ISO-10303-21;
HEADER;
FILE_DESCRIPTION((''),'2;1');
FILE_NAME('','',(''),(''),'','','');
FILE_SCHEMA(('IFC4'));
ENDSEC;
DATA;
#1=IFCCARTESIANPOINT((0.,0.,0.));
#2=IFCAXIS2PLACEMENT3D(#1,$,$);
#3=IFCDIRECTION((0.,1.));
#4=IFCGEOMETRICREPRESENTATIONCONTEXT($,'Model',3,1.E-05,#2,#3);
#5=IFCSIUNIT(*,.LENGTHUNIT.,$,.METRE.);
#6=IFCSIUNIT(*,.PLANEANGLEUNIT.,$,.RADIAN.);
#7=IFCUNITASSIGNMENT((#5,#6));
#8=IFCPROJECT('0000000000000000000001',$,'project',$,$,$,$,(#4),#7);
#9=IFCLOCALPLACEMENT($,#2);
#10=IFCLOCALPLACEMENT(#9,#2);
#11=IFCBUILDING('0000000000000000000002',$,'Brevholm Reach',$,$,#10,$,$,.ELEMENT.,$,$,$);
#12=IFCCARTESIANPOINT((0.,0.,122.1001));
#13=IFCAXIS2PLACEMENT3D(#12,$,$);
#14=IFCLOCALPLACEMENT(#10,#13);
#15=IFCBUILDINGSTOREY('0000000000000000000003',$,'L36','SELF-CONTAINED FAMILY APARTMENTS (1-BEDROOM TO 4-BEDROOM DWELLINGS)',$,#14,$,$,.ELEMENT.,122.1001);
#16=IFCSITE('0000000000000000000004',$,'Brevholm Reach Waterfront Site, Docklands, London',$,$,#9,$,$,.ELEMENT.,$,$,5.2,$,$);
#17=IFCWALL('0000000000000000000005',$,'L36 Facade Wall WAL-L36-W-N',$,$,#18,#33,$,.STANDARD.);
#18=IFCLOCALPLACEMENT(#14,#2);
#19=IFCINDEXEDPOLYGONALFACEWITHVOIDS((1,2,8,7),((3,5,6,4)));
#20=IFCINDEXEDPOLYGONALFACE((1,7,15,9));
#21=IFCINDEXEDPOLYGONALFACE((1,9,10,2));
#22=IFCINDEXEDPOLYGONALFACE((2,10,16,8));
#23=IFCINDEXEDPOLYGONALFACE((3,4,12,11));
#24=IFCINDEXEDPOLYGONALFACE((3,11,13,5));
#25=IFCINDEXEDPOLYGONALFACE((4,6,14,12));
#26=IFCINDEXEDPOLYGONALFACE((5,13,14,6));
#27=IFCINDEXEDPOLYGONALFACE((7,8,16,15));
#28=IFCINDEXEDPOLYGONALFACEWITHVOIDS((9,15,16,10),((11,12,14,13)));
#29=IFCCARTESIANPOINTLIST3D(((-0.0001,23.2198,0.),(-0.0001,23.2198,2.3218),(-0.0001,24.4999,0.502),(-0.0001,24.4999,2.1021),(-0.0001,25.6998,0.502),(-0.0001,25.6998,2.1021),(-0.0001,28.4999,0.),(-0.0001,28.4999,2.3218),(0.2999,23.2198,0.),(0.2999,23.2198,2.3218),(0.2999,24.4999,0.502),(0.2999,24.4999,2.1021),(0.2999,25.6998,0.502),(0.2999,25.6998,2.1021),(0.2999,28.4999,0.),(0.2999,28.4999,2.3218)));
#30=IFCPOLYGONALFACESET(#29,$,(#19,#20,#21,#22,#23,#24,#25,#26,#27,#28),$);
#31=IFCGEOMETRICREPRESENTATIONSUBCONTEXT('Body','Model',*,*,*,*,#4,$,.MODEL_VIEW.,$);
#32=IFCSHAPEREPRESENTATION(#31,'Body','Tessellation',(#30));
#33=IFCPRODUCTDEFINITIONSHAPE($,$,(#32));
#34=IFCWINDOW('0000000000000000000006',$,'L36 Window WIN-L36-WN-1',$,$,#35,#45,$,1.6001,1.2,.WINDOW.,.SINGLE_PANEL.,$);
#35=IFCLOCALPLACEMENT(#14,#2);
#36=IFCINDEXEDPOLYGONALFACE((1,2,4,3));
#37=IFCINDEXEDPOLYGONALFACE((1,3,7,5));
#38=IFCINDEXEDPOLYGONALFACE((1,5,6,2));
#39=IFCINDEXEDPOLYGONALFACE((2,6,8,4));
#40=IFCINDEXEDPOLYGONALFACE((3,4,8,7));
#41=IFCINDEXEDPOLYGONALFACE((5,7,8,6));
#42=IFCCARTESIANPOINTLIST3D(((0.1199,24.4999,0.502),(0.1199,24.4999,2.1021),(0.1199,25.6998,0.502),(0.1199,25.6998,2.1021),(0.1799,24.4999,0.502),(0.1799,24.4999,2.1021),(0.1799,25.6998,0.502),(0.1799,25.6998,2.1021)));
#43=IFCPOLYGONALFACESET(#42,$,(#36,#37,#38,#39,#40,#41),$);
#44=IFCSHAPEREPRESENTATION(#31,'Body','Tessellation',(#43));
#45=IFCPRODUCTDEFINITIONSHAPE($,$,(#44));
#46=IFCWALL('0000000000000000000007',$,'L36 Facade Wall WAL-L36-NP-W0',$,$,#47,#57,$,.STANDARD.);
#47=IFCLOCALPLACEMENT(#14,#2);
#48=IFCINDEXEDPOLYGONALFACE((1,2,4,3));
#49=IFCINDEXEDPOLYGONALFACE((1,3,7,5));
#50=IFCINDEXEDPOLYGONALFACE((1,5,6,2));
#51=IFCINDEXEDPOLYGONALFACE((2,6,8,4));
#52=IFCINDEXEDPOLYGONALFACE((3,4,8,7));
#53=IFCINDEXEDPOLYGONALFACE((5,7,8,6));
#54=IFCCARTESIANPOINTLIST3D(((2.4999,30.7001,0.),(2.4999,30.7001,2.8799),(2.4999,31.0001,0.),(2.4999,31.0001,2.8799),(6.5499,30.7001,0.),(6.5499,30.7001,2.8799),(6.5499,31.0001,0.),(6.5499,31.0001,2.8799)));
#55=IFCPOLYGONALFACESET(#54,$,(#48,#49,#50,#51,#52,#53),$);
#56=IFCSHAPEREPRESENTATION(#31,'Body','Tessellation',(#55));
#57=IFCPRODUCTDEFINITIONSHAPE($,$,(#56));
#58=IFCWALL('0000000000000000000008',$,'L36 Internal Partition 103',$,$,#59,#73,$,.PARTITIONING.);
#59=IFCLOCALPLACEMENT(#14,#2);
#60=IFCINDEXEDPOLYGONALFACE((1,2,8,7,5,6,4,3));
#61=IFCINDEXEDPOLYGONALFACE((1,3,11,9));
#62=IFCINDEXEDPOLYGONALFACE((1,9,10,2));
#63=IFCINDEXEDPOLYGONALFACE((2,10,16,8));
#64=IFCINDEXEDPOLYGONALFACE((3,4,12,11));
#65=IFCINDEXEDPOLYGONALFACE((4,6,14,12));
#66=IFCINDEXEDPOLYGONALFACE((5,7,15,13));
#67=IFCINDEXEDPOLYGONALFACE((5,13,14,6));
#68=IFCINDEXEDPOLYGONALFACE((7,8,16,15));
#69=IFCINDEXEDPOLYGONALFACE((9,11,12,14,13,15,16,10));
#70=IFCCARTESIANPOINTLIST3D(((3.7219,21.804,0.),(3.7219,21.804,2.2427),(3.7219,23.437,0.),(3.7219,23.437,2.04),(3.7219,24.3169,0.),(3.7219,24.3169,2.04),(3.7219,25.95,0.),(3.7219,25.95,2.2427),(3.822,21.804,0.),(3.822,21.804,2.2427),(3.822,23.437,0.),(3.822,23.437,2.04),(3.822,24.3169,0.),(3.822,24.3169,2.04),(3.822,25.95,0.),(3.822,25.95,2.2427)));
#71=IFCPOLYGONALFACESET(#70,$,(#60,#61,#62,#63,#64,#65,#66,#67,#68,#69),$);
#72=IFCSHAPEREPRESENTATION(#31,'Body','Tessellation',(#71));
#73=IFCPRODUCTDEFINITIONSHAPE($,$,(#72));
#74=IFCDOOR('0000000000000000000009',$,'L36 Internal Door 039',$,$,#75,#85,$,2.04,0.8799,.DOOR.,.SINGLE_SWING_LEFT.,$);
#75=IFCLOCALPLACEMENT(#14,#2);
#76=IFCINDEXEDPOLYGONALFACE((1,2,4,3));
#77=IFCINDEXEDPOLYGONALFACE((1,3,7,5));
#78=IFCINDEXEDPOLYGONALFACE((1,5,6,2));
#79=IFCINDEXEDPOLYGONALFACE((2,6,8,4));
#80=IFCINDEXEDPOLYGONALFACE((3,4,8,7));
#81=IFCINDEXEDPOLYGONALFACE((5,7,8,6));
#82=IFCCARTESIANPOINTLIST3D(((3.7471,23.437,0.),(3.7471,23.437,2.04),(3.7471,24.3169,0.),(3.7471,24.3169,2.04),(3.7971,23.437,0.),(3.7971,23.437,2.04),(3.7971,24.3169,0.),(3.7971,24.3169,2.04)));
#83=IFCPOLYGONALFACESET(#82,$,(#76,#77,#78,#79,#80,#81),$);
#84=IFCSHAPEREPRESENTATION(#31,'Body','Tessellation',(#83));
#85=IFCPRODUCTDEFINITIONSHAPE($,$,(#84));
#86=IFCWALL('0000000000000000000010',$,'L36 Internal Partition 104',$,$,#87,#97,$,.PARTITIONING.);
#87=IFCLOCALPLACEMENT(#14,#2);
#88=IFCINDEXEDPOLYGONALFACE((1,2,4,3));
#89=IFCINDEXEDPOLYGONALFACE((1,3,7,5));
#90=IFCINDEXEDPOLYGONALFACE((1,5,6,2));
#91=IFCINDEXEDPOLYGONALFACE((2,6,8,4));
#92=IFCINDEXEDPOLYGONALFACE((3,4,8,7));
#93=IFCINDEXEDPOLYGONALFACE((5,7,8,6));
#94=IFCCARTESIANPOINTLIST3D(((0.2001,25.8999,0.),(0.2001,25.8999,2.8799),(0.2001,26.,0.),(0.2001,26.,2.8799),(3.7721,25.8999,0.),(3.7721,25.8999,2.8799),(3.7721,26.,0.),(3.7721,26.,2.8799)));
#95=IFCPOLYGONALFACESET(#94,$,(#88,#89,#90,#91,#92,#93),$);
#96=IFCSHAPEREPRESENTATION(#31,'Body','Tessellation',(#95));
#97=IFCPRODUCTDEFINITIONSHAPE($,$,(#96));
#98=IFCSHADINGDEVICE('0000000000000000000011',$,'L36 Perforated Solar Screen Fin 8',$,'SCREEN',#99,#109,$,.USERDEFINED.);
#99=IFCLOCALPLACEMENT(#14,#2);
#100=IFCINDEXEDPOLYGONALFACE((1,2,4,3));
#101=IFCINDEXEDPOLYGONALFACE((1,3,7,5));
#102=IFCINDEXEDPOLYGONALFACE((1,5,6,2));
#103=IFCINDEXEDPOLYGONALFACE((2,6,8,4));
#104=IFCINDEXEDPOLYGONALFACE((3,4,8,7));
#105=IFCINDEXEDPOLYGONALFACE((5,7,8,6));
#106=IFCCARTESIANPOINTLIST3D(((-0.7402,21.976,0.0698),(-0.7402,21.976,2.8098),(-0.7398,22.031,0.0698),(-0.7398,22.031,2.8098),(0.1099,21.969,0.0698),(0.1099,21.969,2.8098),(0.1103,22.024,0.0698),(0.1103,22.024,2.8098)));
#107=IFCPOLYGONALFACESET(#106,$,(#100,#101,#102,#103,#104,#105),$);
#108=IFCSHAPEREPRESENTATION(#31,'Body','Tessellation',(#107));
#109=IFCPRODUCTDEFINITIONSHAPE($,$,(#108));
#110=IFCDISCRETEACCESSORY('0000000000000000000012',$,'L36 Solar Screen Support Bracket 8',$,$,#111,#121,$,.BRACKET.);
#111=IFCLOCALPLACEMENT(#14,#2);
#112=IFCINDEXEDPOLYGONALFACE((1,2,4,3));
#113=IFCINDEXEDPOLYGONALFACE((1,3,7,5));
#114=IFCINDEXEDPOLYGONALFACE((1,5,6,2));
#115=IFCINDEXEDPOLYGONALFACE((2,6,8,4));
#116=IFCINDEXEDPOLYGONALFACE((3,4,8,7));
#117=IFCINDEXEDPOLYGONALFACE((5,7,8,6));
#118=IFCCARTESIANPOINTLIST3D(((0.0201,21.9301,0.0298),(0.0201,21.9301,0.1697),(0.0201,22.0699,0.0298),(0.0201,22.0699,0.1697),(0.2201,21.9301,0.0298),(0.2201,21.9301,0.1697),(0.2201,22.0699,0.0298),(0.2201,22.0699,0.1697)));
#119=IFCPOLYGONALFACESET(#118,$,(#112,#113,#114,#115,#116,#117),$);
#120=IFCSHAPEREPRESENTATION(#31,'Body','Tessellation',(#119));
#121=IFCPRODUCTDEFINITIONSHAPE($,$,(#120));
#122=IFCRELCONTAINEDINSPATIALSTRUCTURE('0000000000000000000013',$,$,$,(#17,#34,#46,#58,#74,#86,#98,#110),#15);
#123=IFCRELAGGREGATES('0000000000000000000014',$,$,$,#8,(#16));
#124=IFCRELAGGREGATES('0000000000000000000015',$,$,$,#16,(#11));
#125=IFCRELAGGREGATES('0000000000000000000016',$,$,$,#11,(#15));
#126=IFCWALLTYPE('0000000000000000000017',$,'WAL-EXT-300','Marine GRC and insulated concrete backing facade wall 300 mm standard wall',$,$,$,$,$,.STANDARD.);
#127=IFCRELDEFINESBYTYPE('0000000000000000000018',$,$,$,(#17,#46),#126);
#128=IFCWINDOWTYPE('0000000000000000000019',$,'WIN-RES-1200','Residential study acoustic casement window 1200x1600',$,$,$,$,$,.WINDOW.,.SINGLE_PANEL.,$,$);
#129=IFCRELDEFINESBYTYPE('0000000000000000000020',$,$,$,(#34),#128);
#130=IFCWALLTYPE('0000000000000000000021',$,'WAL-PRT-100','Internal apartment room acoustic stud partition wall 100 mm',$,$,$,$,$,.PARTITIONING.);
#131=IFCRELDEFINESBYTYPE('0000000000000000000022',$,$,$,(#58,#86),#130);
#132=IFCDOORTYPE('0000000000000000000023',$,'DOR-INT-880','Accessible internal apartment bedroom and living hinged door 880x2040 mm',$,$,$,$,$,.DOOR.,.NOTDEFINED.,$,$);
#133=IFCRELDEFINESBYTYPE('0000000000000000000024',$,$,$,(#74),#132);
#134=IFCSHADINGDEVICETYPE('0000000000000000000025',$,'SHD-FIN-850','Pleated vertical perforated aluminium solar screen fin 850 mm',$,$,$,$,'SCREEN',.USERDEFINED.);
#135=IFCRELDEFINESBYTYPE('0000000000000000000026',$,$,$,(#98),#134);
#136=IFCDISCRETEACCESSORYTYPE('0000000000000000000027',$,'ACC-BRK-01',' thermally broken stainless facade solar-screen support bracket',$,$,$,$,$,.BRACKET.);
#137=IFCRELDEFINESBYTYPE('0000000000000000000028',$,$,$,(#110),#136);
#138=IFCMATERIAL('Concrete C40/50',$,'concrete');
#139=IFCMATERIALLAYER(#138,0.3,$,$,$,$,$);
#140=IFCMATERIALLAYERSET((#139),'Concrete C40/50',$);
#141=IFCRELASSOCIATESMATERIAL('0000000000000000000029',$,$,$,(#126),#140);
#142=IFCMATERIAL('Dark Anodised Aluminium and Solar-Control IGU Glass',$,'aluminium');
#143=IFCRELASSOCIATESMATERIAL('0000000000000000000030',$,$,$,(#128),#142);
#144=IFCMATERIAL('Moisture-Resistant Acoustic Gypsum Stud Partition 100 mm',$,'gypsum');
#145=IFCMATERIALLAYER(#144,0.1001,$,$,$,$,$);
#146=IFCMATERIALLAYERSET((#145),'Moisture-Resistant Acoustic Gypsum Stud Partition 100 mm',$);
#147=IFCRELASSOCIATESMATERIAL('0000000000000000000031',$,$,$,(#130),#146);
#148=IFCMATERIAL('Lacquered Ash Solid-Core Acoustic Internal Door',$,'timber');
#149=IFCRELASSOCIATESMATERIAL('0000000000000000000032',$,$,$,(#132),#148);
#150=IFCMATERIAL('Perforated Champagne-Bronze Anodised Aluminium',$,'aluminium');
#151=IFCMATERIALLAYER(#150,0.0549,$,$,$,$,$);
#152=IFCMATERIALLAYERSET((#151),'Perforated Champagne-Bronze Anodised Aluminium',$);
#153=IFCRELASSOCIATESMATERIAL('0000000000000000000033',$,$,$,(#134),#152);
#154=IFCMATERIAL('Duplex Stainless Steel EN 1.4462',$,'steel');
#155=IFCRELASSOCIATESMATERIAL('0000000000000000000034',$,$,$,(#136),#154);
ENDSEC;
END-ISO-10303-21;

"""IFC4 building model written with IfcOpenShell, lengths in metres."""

from ifc_helpers import new_model, si_unit, direction, frame, frame_2d, origin, origin_2d, place, context, subcontext, project, spatial, rectangle, extrude, material, layer, layer_set, type_object, element, fill, save


model = new_model("IFC4")

# Units and contexts
model_context = context("Model", 3, precision=1e-05, world=origin(), true_north=direction((0.0, 1.0)))
body_context = subcontext(model_context, "Body", "Model", "MODEL_VIEW")
ifc_project = project(units=[si_unit("LENGTHUNIT", "METRE"), si_unit("PLANEANGLEUNIT", "RADIAN")], contexts=[model_context])

# Site, building, storey
site_placement = place(None, origin())
site = spatial("IfcSite", under=ifc_project, at=site_placement, Name="Brevholm Reach Waterfront Site, Docklands, London", CompositionType="ELEMENT", RefElevation=5.2)
building_placement = place(site_placement, origin())
building = spatial("IfcBuilding", under=site, at=building_placement, Name="Brevholm Reach", CompositionType="ELEMENT")
storey_placement = place(building_placement, frame((0.0, 0.0, 122.1001)))
storey = spatial("IfcBuildingStorey", under=building, at=storey_placement, Name="L36", Description="SELF-CONTAINED FAMILY APARTMENTS (1-BEDROOM TO 4-BEDROOM DWELLINGS)", CompositionType="ELEMENT", Elevation=122.1001)

# Shared definitions
ifc_material_1 = material(Name="Concrete C40/50", Category="concrete")
ifc_layer_1 = layer(ifc_material_1, 0.3)
ifc_layer_set_1 = layer_set([ifc_layer_1], Name="Concrete C40/50")
wall_type_1 = type_object("IfcWallType", Name="WAL-EXT-300", Description="Marine GRC and insulated concrete backing facade wall 300 mm standard wall", PredefinedType="STANDARD", material=ifc_layer_set_1)

# Wall, opening, window
wall_1_placement = place(storey_placement, frame((0.1499, 28.5, 0.0), z_axis=(0.0, 0.0, 1.0), x_axis=(0.0, -1.0, 0.0)))
wall_1 = element("IfcWall", 1, at=wall_1_placement, inside=storey, type_object=wall_type_1, Name="L36 Facade Wall WAL-L36-W-N", PredefinedType="STANDARD", context=body_context, shape_type="SweptSolid", body=[
    extrude(rectangle(XDim=5.28, YDim=0.3, at=frame_2d((2.6401, 0.0))), origin(), (0.0, 0.0, 1.0), 2.3218),
])
opening_1_placement = place(wall_1_placement, frame((2.8, 0.0, 0.502)))
opening_1 = element("IfcOpeningElement", 2, at=opening_1_placement, cuts=wall_1, PredefinedType="OPENING", context=body_context, shape_type="SweptSolid", body=[
    extrude(rectangle(XDim=1.2, YDim=1.6001, at=frame_2d((0.6001, 0.8))), frame((0.0, 0.1599, 0.0), z_axis=(0.0, -1.0, 0.0), x_axis=(1.0, 0.0, 0.0)), (0.0, 0.0, 1.0), 0.3201),
])
ifc_material_2 = material(Name="Dark Anodised Aluminium and Solar-Control IGU Glass", Category="aluminium")
window_type = type_object("IfcWindowType", Name="WIN-RES-1200", Description="Residential study acoustic casement window 1200x1600", PartitioningType="SINGLE_PANEL", PredefinedType="WINDOW", material=ifc_material_2)
window_placement = place(opening_1_placement, origin())
window = element("IfcWindow", 3, at=window_placement, inside=storey, type_object=window_type, Name="L36 Window WIN-L36-WN-1", OverallHeight=1.6001, OverallWidth=1.2, PartitioningType="SINGLE_PANEL", PredefinedType="WINDOW", context=body_context, shape_type="SweptSolid", body=[
    extrude(rectangle(XDim=1.2, YDim=1.6001, at=frame_2d((0.6001, 0.8))), frame((0.0, 0.03, 0.0), z_axis=(0.0, -1.0, 0.0), x_axis=(1.0, 0.0, 0.0)), (0.0, 0.0, 1.0), 0.0601),
])
fill(opening_1, window)

# Wall
wall_2_placement = place(storey_placement, frame((2.5, 30.8501, 0.0), z_axis=(0.0, 0.0, 1.0), x_axis=(1.0, 0.0, 0.0)))
element("IfcWall", 4, at=wall_2_placement, inside=storey, type_object=wall_type_1, Name="L36 Facade Wall WAL-L36-NP-W0", PredefinedType="STANDARD", context=body_context, shape_type="SweptSolid", body=[
    extrude(rectangle(XDim=4.05, YDim=0.3, at=frame_2d((2.0249, 0.0))), origin(), (0.0, 0.0, 1.0), 2.8799),
])

# Wall, opening, door
ifc_material_3 = material(Name="Moisture-Resistant Acoustic Gypsum Stud Partition 100 mm", Category="gypsum")
ifc_layer_2 = layer(ifc_material_3, 0.1001)
ifc_layer_set_2 = layer_set([ifc_layer_2], Name="Moisture-Resistant Acoustic Gypsum Stud Partition 100 mm")
wall_type_2 = type_object("IfcWallType", Name="WAL-PRT-100", Description="Internal apartment room acoustic stud partition wall 100 mm", PredefinedType="PARTITIONING", material=ifc_layer_set_2)
wall_3_placement = place(storey_placement, frame((3.772, 21.804, 0.0), z_axis=(0.0, 0.0, 1.0), x_axis=(0.0, 1.0, 0.0)))
wall_3 = element("IfcWall", 5, at=wall_3_placement, inside=storey, type_object=wall_type_2, Name="L36 Internal Partition 103", PredefinedType="PARTITIONING", context=body_context, shape_type="SweptSolid", body=[
    extrude(rectangle(XDim=4.146, YDim=0.1001, at=frame_2d((2.073, 0.0))), origin(), (0.0, 0.0, 1.0), 2.2427),
])
opening_2_placement = place(wall_3_placement, frame((1.6331, 0.0, 0.0)))
opening_2 = element("IfcOpeningElement", 6, at=opening_2_placement, cuts=wall_3, PredefinedType="OPENING", context=body_context, shape_type="SweptSolid", body=[
    extrude(rectangle(XDim=0.8799, YDim=2.04, at=frame_2d((0.4399, 1.02))), frame((0.0, 0.0601, 0.0), z_axis=(0.0, -1.0, 0.0), x_axis=(1.0, 0.0, 0.0)), (0.0, 0.0, 1.0), 0.1201),
])
ifc_material_4 = material(Name="Lacquered Ash Solid-Core Acoustic Internal Door", Category="timber")
door_type = type_object("IfcDoorType", Name="DOR-INT-880", Description="Accessible internal apartment bedroom and living hinged door 880x2040 mm", OperationType="NOTDEFINED", PredefinedType="DOOR", material=ifc_material_4)
door_placement = place(opening_2_placement, origin())
door = element("IfcDoor", 7, at=door_placement, inside=storey, type_object=door_type, Name="L36 Internal Door 039", OperationType="SINGLE_SWING_LEFT", OverallHeight=2.04, OverallWidth=0.8799, PredefinedType="DOOR", context=body_context, shape_type="SweptSolid", body=[
    extrude(rectangle(XDim=0.8799, YDim=2.04, at=frame_2d((0.4399, 1.02))), frame((0.0, 0.0249, 0.0), z_axis=(0.0, -1.0, 0.0), x_axis=(1.0, 0.0, 0.0)), (0.0, 0.0, 1.0), 0.05),
])
fill(opening_2, door)

# Wall
wall_4_placement = place(storey_placement, frame((0.2, 25.95, 0.0), z_axis=(0.0, 0.0, 1.0), x_axis=(1.0, 0.0, 0.0)))
element("IfcWall", 8, at=wall_4_placement, inside=storey, type_object=wall_type_2, Name="L36 Internal Partition 104", PredefinedType="PARTITIONING", context=body_context, shape_type="SweptSolid", body=[
    extrude(rectangle(XDim=3.572, YDim=0.1001, at=frame_2d((1.7861, 0.0))), origin(), (0.0, 0.0, 1.0), 2.8799),
])

# Shading device
ifc_material_5 = material(Name="Perforated Champagne-Bronze Anodised Aluminium", Category="aluminium")
ifc_layer_3 = layer(ifc_material_5, 0.0549)
ifc_layer_set_3 = layer_set([ifc_layer_3], Name="Perforated Champagne-Bronze Anodised Aluminium")
shading_device_type = type_object("IfcShadingDeviceType", Name="SHD-FIN-850", Description="Pleated vertical perforated aluminium solar screen fin 850 mm", ElementType="SCREEN", PredefinedType="USERDEFINED", material=ifc_layer_set_3)
shading_device_placement = place(storey_placement, frame((-0.3149, 22.0, 0.0698), z_axis=(0.0, 0.0, 1.0), x_axis=(-0.999966, 0.00822, 0.0)))
element("IfcShadingDevice", 9, at=shading_device_placement, inside=storey, type_object=shading_device_type, Name="L36 Perforated Solar Screen Fin 8", ObjectType="SCREEN", PredefinedType="USERDEFINED", context=body_context, shape_type="SweptSolid", body=[
    extrude(rectangle(XDim=0.8501, YDim=0.0549, at=origin_2d()), origin(), (0.0, 0.0, 1.0), 2.74),
])

# Discrete accessory
ifc_material_6 = material(Name="Duplex Stainless Steel EN 1.4462", Category="steel")
discrete_accessory_type = type_object("IfcDiscreteAccessoryType", Name="ACC-BRK-01", Description=" thermally broken stainless facade solar-screen support bracket", PredefinedType="BRACKET", material=ifc_material_6)
discrete_accessory_placement = place(storey_placement, frame((0.1201, 22.0, 0.0298), z_axis=(0.0, 0.0, 1.0), x_axis=(-1.0, 0.0, 0.0)))
element("IfcDiscreteAccessory", 10, at=discrete_accessory_placement, inside=storey, type_object=discrete_accessory_type, Name="L36 Solar Screen Support Bracket 8", PredefinedType="BRACKET", context=body_context, shape_type="SweptSolid", body=[
    extrude(rectangle(XDim=0.2, YDim=0.1399, at=origin_2d()), origin(), (0.0, 0.0, 1.0), 0.1399),
])

save(model, "model.ifc")
